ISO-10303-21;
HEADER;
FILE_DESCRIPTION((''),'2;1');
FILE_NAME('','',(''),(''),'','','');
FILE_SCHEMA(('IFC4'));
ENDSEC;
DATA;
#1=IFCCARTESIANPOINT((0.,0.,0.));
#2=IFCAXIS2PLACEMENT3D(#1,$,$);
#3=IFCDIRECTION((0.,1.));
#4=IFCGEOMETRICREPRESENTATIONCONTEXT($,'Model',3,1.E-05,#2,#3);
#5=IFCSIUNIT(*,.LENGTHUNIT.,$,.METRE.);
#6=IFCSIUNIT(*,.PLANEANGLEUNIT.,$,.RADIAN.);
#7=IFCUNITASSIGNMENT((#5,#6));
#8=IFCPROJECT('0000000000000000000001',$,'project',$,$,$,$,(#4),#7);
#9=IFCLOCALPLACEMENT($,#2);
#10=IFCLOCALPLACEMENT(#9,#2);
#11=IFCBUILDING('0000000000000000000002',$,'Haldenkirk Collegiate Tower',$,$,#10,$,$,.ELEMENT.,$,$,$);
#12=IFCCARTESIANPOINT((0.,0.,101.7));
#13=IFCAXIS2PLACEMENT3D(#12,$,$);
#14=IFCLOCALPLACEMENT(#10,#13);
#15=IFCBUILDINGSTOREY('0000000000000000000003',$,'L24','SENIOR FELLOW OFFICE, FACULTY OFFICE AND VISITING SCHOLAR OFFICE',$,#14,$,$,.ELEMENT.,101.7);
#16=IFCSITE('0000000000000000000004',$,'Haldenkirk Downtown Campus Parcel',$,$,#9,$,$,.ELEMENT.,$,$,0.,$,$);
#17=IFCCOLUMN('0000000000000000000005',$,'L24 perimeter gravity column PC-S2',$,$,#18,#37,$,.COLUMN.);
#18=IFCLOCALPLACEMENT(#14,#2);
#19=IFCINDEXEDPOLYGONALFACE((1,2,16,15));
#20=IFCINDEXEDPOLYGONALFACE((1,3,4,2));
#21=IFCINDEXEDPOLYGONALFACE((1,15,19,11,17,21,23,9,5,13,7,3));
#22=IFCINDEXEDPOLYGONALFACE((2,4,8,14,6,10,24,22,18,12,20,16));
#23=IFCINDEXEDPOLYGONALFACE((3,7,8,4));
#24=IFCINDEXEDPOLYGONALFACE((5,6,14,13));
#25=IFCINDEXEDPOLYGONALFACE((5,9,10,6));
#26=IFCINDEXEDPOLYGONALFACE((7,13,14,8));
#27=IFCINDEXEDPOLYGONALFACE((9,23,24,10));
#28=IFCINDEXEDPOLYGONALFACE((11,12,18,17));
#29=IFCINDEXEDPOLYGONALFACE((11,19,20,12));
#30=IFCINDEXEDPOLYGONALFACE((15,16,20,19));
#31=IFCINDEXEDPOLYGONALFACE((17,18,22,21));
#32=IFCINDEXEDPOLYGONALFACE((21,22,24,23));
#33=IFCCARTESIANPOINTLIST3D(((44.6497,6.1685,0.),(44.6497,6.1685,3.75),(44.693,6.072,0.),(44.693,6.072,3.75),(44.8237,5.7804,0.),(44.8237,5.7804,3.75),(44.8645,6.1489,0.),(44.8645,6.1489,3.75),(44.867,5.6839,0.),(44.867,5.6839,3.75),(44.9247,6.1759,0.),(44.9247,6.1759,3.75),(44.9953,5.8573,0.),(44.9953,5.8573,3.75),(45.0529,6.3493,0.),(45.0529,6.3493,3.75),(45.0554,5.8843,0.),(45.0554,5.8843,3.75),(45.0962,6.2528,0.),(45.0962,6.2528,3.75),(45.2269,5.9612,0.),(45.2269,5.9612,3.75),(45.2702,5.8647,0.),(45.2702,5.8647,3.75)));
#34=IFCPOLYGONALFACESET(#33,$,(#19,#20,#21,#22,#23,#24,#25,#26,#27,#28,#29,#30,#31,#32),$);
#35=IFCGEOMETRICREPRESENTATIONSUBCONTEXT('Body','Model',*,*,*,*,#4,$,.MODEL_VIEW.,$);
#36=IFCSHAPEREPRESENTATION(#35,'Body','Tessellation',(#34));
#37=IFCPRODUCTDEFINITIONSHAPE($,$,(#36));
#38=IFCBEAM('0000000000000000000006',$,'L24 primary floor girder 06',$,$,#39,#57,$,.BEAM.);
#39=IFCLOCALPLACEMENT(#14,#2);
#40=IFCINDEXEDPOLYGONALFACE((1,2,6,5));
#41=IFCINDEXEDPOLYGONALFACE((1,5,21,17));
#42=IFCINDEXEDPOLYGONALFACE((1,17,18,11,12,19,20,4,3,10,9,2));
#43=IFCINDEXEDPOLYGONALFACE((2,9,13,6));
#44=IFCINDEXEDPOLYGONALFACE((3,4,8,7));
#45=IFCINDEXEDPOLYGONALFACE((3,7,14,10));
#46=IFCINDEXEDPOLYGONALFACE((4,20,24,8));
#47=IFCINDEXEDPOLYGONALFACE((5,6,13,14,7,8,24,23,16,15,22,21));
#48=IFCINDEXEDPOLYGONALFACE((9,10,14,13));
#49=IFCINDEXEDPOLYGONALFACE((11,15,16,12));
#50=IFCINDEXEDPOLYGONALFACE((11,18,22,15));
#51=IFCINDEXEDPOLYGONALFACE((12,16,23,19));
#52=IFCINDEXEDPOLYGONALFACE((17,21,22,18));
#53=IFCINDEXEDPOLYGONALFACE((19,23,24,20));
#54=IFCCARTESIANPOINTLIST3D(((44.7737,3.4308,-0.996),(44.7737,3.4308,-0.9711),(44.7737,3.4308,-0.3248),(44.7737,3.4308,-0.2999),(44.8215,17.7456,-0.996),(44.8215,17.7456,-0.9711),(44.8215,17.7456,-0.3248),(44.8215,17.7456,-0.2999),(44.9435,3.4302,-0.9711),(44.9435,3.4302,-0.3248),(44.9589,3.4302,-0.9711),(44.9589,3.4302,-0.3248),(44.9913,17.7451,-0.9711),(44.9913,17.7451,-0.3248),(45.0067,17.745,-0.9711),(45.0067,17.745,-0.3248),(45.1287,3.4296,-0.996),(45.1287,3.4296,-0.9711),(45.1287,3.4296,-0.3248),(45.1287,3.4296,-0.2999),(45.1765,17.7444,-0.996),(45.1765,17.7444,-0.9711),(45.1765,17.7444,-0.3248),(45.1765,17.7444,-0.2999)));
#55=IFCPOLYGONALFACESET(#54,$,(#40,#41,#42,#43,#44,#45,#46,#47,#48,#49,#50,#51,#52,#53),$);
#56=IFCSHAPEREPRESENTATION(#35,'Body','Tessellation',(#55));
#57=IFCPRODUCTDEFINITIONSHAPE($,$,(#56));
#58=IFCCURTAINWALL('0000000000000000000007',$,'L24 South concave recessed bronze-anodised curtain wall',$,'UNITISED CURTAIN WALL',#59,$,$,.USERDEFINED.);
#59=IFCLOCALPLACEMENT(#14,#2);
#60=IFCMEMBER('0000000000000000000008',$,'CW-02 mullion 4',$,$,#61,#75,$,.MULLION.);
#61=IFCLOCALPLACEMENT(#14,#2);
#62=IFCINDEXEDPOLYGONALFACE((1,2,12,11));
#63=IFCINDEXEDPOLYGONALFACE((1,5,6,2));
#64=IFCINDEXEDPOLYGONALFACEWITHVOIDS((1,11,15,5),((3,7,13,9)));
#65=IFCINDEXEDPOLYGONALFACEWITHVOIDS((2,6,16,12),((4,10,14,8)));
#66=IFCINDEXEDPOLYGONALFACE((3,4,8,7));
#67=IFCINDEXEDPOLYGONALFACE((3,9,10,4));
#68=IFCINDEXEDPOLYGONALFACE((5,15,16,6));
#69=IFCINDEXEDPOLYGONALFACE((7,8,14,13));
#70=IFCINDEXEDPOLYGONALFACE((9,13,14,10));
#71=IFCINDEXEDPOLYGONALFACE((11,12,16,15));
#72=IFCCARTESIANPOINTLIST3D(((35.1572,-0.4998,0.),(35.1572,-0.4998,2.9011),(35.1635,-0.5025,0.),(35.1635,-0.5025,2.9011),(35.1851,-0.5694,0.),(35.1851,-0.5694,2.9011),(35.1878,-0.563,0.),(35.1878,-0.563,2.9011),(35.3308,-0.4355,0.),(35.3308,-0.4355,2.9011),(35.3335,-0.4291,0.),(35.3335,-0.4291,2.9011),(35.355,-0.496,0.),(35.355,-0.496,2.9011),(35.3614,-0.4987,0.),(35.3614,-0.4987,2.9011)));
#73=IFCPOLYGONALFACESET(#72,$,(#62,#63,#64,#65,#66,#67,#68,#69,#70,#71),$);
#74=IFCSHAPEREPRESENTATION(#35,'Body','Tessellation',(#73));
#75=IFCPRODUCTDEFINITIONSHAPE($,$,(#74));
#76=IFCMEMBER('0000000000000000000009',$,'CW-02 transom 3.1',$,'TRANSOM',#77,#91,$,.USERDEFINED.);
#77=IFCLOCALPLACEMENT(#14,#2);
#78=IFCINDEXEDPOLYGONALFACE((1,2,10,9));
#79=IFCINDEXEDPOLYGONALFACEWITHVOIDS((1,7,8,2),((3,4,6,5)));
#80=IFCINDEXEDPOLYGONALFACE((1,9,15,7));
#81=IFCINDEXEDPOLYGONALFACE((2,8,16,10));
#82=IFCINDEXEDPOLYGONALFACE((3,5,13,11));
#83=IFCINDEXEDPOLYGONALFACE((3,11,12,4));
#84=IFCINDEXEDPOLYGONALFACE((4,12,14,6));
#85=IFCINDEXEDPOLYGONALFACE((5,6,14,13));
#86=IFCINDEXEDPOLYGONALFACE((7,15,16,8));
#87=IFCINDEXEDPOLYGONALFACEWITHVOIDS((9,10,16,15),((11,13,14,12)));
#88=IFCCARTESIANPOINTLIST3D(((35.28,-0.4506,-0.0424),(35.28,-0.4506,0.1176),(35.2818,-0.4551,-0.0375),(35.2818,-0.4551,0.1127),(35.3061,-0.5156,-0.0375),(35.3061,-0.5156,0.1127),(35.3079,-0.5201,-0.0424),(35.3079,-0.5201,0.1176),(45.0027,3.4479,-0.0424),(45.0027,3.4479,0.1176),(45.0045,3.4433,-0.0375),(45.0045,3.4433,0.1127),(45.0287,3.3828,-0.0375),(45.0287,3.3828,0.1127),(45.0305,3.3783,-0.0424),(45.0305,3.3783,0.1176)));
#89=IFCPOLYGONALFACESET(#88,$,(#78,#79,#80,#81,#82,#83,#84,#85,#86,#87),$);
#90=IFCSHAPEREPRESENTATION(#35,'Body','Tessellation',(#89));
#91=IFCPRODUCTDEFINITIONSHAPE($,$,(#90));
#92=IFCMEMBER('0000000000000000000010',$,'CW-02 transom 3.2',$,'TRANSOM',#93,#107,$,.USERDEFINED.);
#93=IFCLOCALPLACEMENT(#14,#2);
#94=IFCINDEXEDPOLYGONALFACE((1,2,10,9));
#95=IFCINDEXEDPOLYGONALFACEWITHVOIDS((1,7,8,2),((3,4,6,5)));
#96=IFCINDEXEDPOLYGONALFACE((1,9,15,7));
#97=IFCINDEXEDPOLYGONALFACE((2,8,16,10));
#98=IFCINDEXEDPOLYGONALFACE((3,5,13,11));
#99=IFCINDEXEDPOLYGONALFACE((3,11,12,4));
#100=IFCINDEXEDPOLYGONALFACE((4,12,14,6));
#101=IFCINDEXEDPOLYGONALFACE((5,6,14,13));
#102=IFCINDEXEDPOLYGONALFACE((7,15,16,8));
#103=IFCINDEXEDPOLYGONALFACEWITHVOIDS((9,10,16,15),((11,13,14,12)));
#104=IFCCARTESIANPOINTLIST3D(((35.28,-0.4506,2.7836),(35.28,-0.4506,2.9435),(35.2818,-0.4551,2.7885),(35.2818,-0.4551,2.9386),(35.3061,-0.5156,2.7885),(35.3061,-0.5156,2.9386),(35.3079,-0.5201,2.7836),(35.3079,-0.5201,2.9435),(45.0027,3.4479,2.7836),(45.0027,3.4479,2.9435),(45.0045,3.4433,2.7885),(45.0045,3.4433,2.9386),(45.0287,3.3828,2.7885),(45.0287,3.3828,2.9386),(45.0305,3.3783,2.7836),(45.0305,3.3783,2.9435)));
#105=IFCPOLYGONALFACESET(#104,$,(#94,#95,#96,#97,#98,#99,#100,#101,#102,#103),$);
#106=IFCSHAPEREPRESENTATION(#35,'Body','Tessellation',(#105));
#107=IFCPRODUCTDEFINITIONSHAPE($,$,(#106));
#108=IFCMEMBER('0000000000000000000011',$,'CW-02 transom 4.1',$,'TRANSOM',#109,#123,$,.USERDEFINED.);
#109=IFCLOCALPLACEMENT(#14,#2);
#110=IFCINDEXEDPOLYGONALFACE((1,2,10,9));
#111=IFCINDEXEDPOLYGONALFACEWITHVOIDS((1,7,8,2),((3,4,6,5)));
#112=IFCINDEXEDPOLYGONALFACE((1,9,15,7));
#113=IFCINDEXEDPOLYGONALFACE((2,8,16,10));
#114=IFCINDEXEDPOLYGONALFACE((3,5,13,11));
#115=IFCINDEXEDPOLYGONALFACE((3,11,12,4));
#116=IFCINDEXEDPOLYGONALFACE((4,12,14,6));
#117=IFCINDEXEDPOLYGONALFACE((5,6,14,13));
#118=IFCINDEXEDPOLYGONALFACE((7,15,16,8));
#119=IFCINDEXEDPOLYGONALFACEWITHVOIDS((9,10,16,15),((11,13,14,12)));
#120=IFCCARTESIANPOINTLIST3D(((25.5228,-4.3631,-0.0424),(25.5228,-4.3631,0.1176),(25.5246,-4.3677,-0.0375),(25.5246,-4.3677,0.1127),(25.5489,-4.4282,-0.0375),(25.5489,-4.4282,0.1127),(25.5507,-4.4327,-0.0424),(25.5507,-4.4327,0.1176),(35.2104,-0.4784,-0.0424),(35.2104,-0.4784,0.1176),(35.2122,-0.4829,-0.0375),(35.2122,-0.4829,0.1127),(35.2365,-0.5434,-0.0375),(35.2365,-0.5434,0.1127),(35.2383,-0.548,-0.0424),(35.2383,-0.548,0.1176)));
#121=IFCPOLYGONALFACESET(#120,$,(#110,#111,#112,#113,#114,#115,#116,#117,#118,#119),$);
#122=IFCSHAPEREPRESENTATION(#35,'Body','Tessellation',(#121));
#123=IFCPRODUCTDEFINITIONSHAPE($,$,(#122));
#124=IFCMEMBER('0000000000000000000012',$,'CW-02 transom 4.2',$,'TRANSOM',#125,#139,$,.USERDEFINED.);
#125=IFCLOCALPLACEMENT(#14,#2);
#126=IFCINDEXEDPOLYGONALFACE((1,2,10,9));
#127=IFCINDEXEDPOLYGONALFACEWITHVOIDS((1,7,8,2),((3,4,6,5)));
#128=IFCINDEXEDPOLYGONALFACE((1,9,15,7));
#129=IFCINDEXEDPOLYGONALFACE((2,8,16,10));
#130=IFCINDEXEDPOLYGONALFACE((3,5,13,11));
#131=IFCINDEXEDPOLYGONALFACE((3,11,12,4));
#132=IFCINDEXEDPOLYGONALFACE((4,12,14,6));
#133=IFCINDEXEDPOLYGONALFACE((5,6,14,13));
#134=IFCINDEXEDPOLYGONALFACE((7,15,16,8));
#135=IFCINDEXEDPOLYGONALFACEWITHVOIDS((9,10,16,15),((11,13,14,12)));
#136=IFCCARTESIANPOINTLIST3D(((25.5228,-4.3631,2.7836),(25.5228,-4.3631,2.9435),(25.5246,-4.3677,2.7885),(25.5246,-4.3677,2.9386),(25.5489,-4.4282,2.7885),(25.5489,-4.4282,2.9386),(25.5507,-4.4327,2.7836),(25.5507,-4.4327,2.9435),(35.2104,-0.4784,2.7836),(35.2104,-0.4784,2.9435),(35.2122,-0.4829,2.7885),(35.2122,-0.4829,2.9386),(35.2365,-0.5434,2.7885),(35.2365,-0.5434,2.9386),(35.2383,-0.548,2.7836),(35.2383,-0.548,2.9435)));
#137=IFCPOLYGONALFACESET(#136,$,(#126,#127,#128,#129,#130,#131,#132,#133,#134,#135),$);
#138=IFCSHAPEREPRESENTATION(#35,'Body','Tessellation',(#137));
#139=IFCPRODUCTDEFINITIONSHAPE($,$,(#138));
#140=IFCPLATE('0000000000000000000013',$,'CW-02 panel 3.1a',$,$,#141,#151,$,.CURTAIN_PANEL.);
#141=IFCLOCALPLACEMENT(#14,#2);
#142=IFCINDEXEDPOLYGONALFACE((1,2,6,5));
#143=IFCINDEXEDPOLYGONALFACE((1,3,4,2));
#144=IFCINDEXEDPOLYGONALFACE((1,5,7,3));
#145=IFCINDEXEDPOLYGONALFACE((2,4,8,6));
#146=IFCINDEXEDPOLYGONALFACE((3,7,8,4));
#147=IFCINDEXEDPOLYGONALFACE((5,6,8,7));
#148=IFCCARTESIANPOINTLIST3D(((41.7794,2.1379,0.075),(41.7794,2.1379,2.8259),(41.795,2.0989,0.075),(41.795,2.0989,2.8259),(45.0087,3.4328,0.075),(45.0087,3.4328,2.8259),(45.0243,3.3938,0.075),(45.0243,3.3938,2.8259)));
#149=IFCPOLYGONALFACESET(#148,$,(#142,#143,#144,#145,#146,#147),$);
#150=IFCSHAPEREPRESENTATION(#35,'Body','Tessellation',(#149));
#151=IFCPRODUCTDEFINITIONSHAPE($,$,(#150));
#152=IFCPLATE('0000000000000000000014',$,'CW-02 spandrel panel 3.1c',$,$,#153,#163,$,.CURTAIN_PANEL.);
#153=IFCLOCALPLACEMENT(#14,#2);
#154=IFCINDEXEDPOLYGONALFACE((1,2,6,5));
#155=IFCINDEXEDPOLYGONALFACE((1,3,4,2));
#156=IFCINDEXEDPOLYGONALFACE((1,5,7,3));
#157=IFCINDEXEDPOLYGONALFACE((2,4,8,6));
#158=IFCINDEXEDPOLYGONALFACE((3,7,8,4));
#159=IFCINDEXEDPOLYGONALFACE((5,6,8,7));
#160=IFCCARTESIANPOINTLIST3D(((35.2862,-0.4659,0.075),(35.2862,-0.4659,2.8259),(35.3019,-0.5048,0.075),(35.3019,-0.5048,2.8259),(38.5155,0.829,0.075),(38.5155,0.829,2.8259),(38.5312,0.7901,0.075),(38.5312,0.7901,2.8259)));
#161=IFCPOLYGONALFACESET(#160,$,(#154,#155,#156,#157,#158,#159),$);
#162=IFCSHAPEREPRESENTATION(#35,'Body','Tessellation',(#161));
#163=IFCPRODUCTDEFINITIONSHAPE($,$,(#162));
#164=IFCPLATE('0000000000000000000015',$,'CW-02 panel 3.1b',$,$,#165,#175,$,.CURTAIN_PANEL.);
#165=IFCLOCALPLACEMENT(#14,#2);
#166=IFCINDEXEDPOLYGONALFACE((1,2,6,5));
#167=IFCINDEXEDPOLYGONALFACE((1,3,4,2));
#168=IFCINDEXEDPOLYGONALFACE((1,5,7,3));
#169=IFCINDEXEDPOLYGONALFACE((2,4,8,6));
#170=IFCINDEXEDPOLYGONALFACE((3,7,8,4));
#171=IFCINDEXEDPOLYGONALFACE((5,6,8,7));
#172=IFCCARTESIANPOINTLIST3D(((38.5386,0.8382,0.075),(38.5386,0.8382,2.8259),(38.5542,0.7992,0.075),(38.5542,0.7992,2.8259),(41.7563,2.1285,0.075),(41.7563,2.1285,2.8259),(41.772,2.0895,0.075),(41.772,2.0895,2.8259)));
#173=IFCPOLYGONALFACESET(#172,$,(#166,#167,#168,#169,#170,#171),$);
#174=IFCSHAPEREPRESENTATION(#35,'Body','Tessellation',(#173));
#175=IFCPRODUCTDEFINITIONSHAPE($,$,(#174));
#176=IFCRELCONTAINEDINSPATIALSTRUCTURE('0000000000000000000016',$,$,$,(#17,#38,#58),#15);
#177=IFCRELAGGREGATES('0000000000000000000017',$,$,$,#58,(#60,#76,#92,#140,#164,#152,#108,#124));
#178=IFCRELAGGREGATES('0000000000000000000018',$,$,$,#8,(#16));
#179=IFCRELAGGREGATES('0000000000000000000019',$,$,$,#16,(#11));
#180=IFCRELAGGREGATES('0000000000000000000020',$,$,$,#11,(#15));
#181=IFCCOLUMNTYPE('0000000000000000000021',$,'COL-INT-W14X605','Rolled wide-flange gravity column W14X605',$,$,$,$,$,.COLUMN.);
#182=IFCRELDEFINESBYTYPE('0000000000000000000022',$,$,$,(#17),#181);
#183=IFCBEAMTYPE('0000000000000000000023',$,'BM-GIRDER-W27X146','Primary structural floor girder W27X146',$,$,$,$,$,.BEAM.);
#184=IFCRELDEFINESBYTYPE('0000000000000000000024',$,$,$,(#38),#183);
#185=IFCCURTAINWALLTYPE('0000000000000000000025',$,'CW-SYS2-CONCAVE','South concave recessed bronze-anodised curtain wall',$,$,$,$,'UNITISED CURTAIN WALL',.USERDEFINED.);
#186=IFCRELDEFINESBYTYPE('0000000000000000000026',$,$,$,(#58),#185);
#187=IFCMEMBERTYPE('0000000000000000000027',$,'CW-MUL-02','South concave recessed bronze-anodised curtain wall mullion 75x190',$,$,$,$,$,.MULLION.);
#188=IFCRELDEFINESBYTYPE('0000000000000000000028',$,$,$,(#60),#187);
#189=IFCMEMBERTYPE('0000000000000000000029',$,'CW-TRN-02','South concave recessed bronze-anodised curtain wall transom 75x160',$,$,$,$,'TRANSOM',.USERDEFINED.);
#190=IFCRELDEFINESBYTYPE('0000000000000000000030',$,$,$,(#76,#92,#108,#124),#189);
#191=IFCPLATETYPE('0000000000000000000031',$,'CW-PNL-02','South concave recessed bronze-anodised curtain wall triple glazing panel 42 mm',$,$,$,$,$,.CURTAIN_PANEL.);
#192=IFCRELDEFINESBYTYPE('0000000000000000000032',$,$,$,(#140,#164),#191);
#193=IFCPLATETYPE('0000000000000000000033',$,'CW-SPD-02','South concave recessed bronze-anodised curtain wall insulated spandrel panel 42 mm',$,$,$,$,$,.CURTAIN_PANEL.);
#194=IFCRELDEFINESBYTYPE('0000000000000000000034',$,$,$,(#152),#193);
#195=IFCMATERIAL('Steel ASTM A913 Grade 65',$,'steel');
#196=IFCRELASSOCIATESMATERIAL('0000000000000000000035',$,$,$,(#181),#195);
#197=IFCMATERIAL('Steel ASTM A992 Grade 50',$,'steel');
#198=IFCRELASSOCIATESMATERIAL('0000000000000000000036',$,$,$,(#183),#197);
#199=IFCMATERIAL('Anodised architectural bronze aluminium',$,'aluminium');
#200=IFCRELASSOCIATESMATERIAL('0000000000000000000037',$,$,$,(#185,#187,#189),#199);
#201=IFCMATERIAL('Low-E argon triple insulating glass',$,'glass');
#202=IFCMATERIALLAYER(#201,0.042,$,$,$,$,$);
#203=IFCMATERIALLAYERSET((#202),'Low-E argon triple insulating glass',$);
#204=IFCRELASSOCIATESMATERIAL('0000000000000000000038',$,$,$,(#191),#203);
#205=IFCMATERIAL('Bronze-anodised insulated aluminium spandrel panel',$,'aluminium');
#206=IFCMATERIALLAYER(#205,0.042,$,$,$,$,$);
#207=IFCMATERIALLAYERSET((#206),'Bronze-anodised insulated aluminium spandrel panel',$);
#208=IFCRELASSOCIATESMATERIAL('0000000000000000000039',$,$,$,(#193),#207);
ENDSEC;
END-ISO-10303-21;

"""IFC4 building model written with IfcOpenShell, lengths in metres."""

from ifc_helpers import new_model, si_unit, direction, frame, origin, origin_2d, place, context, subcontext, project, spatial, rectangle, hollow_rectangle, i_section, extrude, source, transform, mapped, material, layer, layer_set, material_profile, profile_set, type_object, element, aggregate, save


model = new_model("IFC4")

# Units and contexts
model_context = context("Model", 3, precision=1e-05, world=origin(), true_north=direction((0.0, 1.0)))
body_context = subcontext(model_context, "Body", "Model", "MODEL_VIEW")
ifc_project = project(units=[si_unit("LENGTHUNIT", "METRE"), si_unit("PLANEANGLEUNIT", "RADIAN")], contexts=[model_context])

# Site, building, storey
site_placement = place(None, origin())
site = spatial("IfcSite", under=ifc_project, at=site_placement, Name="Haldenkirk Downtown Campus Parcel", CompositionType="ELEMENT", RefElevation=0.0)
building_placement = place(site_placement, origin())
building = spatial("IfcBuilding", under=site, at=building_placement, Name="Haldenkirk Collegiate Tower", CompositionType="ELEMENT")
storey_placement = place(building_placement, frame((0.0, 0.0, 101.7)))
storey = spatial("IfcBuildingStorey", under=building, at=storey_placement, Name="L24", Description="SENIOR FELLOW OFFICE, FACULTY OFFICE AND VISITING SCHOLAR OFFICE", CompositionType="ELEMENT", Elevation=101.7)

# Column
ifc_material_1 = material(Name="Steel ASTM A913 Grade 65", Category="steel")
ifc_material_profile_1 = material_profile(ifc_material_1, i_section(OverallWidth=0.4419, OverallDepth=0.531, WebThickness=0.0659, FlangeThickness=0.1057, at=origin_2d()), Name="W14X605")
ifc_profile_set_1 = profile_set([ifc_material_profile_1], Name="Steel ASTM A913 Grade 65")
column_type = type_object("IfcColumnType", Name="COL-INT-W14X605", Description="Rolled wide-flange gravity column W14X605", PredefinedType="COLUMN", material=ifc_profile_set_1)
column_placement = place(storey_placement, frame((44.96, 6.0166, 0.0), z_axis=(0.0, 0.0, 1.0), x_axis=(0.912477, 0.409127, 0.0)))
element("IfcColumn", 1, at=column_placement, inside=storey, type_object=column_type, Name="L24 perimeter gravity column PC-S2", PredefinedType="COLUMN", context=body_context, shape_type="SweptSolid", body=[
    extrude(i_section(OverallWidth=0.4419, OverallDepth=0.531, WebThickness=0.0659, FlangeThickness=0.1057, at=origin_2d()), origin(), (0.0, 0.0, 1.0), 3.75),
])

# Beam
ifc_material_2 = material(Name="Steel ASTM A992 Grade 50", Category="steel")
ifc_material_profile_2 = material_profile(ifc_material_2, i_section(OverallWidth=0.355, OverallDepth=0.696, WebThickness=0.0154, FlangeThickness=0.0249, at=origin_2d()), Name="W27X146")
ifc_profile_set_2 = profile_set([ifc_material_profile_2], Name="Steel ASTM A992 Grade 50")
beam_type = type_object("IfcBeamType", Name="BM-GIRDER-W27X146", Description="Primary structural floor girder W27X146", PredefinedType="BEAM", material=ifc_profile_set_2)
beam_placement = place(storey_placement, frame((44.9512, 3.4302, -0.6479), z_axis=(0.003343, 0.999994, 0.0), x_axis=(-0.999994, 0.003343, 0.0)))
element("IfcBeam", 2, at=beam_placement, inside=storey, type_object=beam_type, Name="L24 primary floor girder 06", PredefinedType="BEAM", context=body_context, shape_type="SweptSolid", body=[
    extrude(i_section(OverallWidth=0.355, OverallDepth=0.696, WebThickness=0.0154, FlangeThickness=0.0249, at=origin_2d()), origin(), (0.0, 0.0, 1.0), 14.3149),
])

# Curtain wall, members, plates
ifc_material_3 = material(Name="Anodised architectural bronze aluminium", Category="aluminium")
curtain_wall_type = type_object("IfcCurtainWallType", Name="CW-SYS2-CONCAVE", Description="South concave recessed bronze-anodised curtain wall", ElementType="UNITISED CURTAIN WALL", PredefinedType="USERDEFINED", material=ifc_material_3)
curtain_wall_placement = place(storey_placement, origin())
curtain_wall = element("IfcCurtainWall", 3, at=curtain_wall_placement, inside=storey, type_object=curtain_wall_type, Name="L24 South concave recessed bronze-anodised curtain wall", ObjectType="UNITISED CURTAIN WALL", PredefinedType="USERDEFINED")
ifc_material_profile_3 = material_profile(ifc_material_3, hollow_rectangle(XDim=0.075, YDim=0.1899, WallThickness=0.0049, at=origin_2d()), Name="CW-MUL-02")
ifc_profile_set_3 = profile_set([ifc_material_profile_3], Name="Anodised architectural bronze aluminium")
member_type_1 = type_object("IfcMemberType", Name="CW-MUL-02", Description="South concave recessed bronze-anodised curtain wall mullion 75x190", PredefinedType="MULLION", material=ifc_profile_set_3)
member_1_placement = place(storey_placement, frame((35.2593, -0.4993, 0.0), z_axis=(0.0, 0.0, 1.0), x_axis=(0.372177, -0.928162, 0.0)))
member_1 = element("IfcMember", 4, at=member_1_placement, type_object=member_type_1, Name="CW-02 mullion 4", PredefinedType="MULLION", context=body_context, shape_type="SweptSolid", body=[
    extrude(hollow_rectangle(XDim=0.075, YDim=0.1899, WallThickness=0.0049, at=origin_2d()), origin(), (0.0, 0.0, 1.0), 2.9011),
])
ifc_material_profile_4 = material_profile(ifc_material_3, hollow_rectangle(XDim=0.075, YDim=0.1599, WallThickness=0.0049, at=origin_2d()), Name="CW-TRN-02")
ifc_profile_set_4 = profile_set([ifc_material_profile_4], Name="Anodised architectural bronze aluminium")
member_type_2 = type_object("IfcMemberType", Name="CW-TRN-02", Description="South concave recessed bronze-anodised curtain wall transom 75x160", ElementType="TRANSOM", PredefinedType="USERDEFINED", material=ifc_profile_set_4)
member_2_placement = place(storey_placement, frame((45.0166, 3.4131, 0.0376), z_axis=(-0.928168, -0.372162, 0.0), x_axis=(0.372162, -0.928168, 0.0)))
member_2 = element("IfcMember", 5, at=member_2_placement, type_object=member_type_2, Name="CW-02 transom 3.1", ObjectType="TRANSOM", PredefinedType="USERDEFINED", context=body_context, shape_type="SweptSolid", body=[
    extrude(hollow_rectangle(XDim=0.075, YDim=0.1599, WallThickness=0.0049, at=origin_2d()), origin(), (0.0, 0.0, 1.0), 10.4751),
])
member_3_placement = place(storey_placement, frame((45.0166, 3.4131, 2.8635), z_axis=(-0.928168, -0.372162, 0.0), x_axis=(0.372162, -0.928168, 0.0)))
member_3 = element("IfcMember", 6, at=member_3_placement, type_object=member_type_2, Name="CW-02 transom 3.2", ObjectType="TRANSOM", PredefinedType="USERDEFINED", context=body_context, shape_type="SweptSolid", body=[
    extrude(hollow_rectangle(XDim=0.075, YDim=0.1599, WallThickness=0.0049, at=origin_2d()), origin(), (0.0, 0.0, 1.0), 10.4751),
])
member_4_placement = place(storey_placement, frame((35.2244, -0.5132, 0.0376), z_axis=(-0.928157, -0.372189, 0.0), x_axis=(0.372189, -0.928157, 0.0)))
member_4 = element("IfcMember", 7, at=member_4_placement, type_object=member_type_2, Name="CW-02 transom 4.1", ObjectType="TRANSOM", PredefinedType="USERDEFINED", context=body_context, shape_type="SweptSolid", body=[
    extrude(hollow_rectangle(XDim=0.075, YDim=0.1599, WallThickness=0.0049, at=origin_2d()), origin(), (0.0, 0.0, 1.0), 10.4375),
])
member_5_placement = place(storey_placement, frame((35.2244, -0.5132, 2.8635), z_axis=(-0.928157, -0.372189, 0.0), x_axis=(0.372189, -0.928157, 0.0)))
member_5 = element("IfcMember", 8, at=member_5_placement, type_object=member_type_2, Name="CW-02 transom 4.2", ObjectType="TRANSOM", PredefinedType="USERDEFINED", context=body_context, shape_type="SweptSolid", body=[
    extrude(hollow_rectangle(XDim=0.075, YDim=0.1599, WallThickness=0.0049, at=origin_2d()), origin(), (0.0, 0.0, 1.0), 10.4375),
])
ifc_material_4 = material(Name="Low-E argon triple insulating glass", Category="glass")
ifc_layer_1 = layer(ifc_material_4, 0.042)
ifc_layer_set_1 = layer_set([ifc_layer_1], Name="Low-E argon triple insulating glass")
plate_type_1 = type_object("IfcPlateType", Name="CW-PNL-02", Description="South concave recessed bronze-anodised curtain wall triple glazing panel 42 mm", PredefinedType="CURTAIN_PANEL", material=ifc_layer_set_1)
shared_shape_1 = source(origin(), body_context, "Body", "SweptSolid", [
    extrude(rectangle(XDim=3.4792, YDim=0.042, at=origin_2d()), origin(), (0.0, 0.0, 1.0), 2.751),
])
plate_1_placement = place(storey_placement, frame((43.4019, 2.7659, 0.075), z_axis=(0.0, 0.0, 1.0), x_axis=(-0.928162, -0.372177, 0.0)))
plate_1 = element("IfcPlate", 9, at=plate_1_placement, type_object=plate_type_1, Name="CW-02 panel 3.1a", PredefinedType="CURTAIN_PANEL", context=body_context, shape_type="MappedRepresentation", body=[
    mapped(shared_shape_1, transform((0.0, 0.0, 0.0), x_axis=(1.0, 0.0, 0.0), y_axis=(0.0, 1.0, 0.0), z_axis=(0.0, 0.0, 1.0), scale=1.0)),
])
ifc_material_5 = material(Name="Bronze-anodised insulated aluminium spandrel panel", Category="aluminium")
ifc_layer_2 = layer(ifc_material_5, 0.042)
ifc_layer_set_2 = layer_set([ifc_layer_2], Name="Bronze-anodised insulated aluminium spandrel panel")
plate_type_2 = type_object("IfcPlateType", Name="CW-SPD-02", Description="South concave recessed bronze-anodised curtain wall insulated spandrel panel 42 mm", PredefinedType="CURTAIN_PANEL", material=ifc_layer_set_2)
plate_2_placement = place(storey_placement, frame((36.9087, 0.1621, 0.075), z_axis=(0.0, 0.0, 1.0), x_axis=(-0.928162, -0.372177, 0.0)))
plate_2 = element("IfcPlate", 10, at=plate_2_placement, type_object=plate_type_2, Name="CW-02 spandrel panel 3.1c", PredefinedType="CURTAIN_PANEL", context=body_context, shape_type="MappedRepresentation", body=[
    mapped(shared_shape_1, transform((0.0, 0.0, 0.0), x_axis=(1.0, 0.0, 0.0), y_axis=(0.0, 1.0, 0.0), z_axis=(0.0, 0.0, 1.0), scale=1.0)),
])
shared_shape_2 = source(origin(), body_context, "Body", "SweptSolid", [
    extrude(rectangle(XDim=3.4668, YDim=0.042, at=origin_2d()), origin(), (0.0, 0.0, 1.0), 2.751),
])
plate_3_placement = place(storey_placement, frame((40.1553, 1.4639, 0.075), z_axis=(0.0, 0.0, 1.0), x_axis=(-0.928162, -0.372177, 0.0)))
plate_3 = element("IfcPlate", 11, at=plate_3_placement, type_object=plate_type_1, Name="CW-02 panel 3.1b", PredefinedType="CURTAIN_PANEL", context=body_context, shape_type="MappedRepresentation", body=[
    mapped(shared_shape_2, transform((0.0, 0.0, 0.0), x_axis=(1.0, 0.0, 0.0), y_axis=(0.0, 1.0, 0.0), z_axis=(0.0, 0.0, 1.0), scale=1.0)),
])
aggregate(curtain_wall, [member_1, member_2, member_3, plate_1, plate_3, plate_2, member_4, member_5])

save(model, "model.ifc")
